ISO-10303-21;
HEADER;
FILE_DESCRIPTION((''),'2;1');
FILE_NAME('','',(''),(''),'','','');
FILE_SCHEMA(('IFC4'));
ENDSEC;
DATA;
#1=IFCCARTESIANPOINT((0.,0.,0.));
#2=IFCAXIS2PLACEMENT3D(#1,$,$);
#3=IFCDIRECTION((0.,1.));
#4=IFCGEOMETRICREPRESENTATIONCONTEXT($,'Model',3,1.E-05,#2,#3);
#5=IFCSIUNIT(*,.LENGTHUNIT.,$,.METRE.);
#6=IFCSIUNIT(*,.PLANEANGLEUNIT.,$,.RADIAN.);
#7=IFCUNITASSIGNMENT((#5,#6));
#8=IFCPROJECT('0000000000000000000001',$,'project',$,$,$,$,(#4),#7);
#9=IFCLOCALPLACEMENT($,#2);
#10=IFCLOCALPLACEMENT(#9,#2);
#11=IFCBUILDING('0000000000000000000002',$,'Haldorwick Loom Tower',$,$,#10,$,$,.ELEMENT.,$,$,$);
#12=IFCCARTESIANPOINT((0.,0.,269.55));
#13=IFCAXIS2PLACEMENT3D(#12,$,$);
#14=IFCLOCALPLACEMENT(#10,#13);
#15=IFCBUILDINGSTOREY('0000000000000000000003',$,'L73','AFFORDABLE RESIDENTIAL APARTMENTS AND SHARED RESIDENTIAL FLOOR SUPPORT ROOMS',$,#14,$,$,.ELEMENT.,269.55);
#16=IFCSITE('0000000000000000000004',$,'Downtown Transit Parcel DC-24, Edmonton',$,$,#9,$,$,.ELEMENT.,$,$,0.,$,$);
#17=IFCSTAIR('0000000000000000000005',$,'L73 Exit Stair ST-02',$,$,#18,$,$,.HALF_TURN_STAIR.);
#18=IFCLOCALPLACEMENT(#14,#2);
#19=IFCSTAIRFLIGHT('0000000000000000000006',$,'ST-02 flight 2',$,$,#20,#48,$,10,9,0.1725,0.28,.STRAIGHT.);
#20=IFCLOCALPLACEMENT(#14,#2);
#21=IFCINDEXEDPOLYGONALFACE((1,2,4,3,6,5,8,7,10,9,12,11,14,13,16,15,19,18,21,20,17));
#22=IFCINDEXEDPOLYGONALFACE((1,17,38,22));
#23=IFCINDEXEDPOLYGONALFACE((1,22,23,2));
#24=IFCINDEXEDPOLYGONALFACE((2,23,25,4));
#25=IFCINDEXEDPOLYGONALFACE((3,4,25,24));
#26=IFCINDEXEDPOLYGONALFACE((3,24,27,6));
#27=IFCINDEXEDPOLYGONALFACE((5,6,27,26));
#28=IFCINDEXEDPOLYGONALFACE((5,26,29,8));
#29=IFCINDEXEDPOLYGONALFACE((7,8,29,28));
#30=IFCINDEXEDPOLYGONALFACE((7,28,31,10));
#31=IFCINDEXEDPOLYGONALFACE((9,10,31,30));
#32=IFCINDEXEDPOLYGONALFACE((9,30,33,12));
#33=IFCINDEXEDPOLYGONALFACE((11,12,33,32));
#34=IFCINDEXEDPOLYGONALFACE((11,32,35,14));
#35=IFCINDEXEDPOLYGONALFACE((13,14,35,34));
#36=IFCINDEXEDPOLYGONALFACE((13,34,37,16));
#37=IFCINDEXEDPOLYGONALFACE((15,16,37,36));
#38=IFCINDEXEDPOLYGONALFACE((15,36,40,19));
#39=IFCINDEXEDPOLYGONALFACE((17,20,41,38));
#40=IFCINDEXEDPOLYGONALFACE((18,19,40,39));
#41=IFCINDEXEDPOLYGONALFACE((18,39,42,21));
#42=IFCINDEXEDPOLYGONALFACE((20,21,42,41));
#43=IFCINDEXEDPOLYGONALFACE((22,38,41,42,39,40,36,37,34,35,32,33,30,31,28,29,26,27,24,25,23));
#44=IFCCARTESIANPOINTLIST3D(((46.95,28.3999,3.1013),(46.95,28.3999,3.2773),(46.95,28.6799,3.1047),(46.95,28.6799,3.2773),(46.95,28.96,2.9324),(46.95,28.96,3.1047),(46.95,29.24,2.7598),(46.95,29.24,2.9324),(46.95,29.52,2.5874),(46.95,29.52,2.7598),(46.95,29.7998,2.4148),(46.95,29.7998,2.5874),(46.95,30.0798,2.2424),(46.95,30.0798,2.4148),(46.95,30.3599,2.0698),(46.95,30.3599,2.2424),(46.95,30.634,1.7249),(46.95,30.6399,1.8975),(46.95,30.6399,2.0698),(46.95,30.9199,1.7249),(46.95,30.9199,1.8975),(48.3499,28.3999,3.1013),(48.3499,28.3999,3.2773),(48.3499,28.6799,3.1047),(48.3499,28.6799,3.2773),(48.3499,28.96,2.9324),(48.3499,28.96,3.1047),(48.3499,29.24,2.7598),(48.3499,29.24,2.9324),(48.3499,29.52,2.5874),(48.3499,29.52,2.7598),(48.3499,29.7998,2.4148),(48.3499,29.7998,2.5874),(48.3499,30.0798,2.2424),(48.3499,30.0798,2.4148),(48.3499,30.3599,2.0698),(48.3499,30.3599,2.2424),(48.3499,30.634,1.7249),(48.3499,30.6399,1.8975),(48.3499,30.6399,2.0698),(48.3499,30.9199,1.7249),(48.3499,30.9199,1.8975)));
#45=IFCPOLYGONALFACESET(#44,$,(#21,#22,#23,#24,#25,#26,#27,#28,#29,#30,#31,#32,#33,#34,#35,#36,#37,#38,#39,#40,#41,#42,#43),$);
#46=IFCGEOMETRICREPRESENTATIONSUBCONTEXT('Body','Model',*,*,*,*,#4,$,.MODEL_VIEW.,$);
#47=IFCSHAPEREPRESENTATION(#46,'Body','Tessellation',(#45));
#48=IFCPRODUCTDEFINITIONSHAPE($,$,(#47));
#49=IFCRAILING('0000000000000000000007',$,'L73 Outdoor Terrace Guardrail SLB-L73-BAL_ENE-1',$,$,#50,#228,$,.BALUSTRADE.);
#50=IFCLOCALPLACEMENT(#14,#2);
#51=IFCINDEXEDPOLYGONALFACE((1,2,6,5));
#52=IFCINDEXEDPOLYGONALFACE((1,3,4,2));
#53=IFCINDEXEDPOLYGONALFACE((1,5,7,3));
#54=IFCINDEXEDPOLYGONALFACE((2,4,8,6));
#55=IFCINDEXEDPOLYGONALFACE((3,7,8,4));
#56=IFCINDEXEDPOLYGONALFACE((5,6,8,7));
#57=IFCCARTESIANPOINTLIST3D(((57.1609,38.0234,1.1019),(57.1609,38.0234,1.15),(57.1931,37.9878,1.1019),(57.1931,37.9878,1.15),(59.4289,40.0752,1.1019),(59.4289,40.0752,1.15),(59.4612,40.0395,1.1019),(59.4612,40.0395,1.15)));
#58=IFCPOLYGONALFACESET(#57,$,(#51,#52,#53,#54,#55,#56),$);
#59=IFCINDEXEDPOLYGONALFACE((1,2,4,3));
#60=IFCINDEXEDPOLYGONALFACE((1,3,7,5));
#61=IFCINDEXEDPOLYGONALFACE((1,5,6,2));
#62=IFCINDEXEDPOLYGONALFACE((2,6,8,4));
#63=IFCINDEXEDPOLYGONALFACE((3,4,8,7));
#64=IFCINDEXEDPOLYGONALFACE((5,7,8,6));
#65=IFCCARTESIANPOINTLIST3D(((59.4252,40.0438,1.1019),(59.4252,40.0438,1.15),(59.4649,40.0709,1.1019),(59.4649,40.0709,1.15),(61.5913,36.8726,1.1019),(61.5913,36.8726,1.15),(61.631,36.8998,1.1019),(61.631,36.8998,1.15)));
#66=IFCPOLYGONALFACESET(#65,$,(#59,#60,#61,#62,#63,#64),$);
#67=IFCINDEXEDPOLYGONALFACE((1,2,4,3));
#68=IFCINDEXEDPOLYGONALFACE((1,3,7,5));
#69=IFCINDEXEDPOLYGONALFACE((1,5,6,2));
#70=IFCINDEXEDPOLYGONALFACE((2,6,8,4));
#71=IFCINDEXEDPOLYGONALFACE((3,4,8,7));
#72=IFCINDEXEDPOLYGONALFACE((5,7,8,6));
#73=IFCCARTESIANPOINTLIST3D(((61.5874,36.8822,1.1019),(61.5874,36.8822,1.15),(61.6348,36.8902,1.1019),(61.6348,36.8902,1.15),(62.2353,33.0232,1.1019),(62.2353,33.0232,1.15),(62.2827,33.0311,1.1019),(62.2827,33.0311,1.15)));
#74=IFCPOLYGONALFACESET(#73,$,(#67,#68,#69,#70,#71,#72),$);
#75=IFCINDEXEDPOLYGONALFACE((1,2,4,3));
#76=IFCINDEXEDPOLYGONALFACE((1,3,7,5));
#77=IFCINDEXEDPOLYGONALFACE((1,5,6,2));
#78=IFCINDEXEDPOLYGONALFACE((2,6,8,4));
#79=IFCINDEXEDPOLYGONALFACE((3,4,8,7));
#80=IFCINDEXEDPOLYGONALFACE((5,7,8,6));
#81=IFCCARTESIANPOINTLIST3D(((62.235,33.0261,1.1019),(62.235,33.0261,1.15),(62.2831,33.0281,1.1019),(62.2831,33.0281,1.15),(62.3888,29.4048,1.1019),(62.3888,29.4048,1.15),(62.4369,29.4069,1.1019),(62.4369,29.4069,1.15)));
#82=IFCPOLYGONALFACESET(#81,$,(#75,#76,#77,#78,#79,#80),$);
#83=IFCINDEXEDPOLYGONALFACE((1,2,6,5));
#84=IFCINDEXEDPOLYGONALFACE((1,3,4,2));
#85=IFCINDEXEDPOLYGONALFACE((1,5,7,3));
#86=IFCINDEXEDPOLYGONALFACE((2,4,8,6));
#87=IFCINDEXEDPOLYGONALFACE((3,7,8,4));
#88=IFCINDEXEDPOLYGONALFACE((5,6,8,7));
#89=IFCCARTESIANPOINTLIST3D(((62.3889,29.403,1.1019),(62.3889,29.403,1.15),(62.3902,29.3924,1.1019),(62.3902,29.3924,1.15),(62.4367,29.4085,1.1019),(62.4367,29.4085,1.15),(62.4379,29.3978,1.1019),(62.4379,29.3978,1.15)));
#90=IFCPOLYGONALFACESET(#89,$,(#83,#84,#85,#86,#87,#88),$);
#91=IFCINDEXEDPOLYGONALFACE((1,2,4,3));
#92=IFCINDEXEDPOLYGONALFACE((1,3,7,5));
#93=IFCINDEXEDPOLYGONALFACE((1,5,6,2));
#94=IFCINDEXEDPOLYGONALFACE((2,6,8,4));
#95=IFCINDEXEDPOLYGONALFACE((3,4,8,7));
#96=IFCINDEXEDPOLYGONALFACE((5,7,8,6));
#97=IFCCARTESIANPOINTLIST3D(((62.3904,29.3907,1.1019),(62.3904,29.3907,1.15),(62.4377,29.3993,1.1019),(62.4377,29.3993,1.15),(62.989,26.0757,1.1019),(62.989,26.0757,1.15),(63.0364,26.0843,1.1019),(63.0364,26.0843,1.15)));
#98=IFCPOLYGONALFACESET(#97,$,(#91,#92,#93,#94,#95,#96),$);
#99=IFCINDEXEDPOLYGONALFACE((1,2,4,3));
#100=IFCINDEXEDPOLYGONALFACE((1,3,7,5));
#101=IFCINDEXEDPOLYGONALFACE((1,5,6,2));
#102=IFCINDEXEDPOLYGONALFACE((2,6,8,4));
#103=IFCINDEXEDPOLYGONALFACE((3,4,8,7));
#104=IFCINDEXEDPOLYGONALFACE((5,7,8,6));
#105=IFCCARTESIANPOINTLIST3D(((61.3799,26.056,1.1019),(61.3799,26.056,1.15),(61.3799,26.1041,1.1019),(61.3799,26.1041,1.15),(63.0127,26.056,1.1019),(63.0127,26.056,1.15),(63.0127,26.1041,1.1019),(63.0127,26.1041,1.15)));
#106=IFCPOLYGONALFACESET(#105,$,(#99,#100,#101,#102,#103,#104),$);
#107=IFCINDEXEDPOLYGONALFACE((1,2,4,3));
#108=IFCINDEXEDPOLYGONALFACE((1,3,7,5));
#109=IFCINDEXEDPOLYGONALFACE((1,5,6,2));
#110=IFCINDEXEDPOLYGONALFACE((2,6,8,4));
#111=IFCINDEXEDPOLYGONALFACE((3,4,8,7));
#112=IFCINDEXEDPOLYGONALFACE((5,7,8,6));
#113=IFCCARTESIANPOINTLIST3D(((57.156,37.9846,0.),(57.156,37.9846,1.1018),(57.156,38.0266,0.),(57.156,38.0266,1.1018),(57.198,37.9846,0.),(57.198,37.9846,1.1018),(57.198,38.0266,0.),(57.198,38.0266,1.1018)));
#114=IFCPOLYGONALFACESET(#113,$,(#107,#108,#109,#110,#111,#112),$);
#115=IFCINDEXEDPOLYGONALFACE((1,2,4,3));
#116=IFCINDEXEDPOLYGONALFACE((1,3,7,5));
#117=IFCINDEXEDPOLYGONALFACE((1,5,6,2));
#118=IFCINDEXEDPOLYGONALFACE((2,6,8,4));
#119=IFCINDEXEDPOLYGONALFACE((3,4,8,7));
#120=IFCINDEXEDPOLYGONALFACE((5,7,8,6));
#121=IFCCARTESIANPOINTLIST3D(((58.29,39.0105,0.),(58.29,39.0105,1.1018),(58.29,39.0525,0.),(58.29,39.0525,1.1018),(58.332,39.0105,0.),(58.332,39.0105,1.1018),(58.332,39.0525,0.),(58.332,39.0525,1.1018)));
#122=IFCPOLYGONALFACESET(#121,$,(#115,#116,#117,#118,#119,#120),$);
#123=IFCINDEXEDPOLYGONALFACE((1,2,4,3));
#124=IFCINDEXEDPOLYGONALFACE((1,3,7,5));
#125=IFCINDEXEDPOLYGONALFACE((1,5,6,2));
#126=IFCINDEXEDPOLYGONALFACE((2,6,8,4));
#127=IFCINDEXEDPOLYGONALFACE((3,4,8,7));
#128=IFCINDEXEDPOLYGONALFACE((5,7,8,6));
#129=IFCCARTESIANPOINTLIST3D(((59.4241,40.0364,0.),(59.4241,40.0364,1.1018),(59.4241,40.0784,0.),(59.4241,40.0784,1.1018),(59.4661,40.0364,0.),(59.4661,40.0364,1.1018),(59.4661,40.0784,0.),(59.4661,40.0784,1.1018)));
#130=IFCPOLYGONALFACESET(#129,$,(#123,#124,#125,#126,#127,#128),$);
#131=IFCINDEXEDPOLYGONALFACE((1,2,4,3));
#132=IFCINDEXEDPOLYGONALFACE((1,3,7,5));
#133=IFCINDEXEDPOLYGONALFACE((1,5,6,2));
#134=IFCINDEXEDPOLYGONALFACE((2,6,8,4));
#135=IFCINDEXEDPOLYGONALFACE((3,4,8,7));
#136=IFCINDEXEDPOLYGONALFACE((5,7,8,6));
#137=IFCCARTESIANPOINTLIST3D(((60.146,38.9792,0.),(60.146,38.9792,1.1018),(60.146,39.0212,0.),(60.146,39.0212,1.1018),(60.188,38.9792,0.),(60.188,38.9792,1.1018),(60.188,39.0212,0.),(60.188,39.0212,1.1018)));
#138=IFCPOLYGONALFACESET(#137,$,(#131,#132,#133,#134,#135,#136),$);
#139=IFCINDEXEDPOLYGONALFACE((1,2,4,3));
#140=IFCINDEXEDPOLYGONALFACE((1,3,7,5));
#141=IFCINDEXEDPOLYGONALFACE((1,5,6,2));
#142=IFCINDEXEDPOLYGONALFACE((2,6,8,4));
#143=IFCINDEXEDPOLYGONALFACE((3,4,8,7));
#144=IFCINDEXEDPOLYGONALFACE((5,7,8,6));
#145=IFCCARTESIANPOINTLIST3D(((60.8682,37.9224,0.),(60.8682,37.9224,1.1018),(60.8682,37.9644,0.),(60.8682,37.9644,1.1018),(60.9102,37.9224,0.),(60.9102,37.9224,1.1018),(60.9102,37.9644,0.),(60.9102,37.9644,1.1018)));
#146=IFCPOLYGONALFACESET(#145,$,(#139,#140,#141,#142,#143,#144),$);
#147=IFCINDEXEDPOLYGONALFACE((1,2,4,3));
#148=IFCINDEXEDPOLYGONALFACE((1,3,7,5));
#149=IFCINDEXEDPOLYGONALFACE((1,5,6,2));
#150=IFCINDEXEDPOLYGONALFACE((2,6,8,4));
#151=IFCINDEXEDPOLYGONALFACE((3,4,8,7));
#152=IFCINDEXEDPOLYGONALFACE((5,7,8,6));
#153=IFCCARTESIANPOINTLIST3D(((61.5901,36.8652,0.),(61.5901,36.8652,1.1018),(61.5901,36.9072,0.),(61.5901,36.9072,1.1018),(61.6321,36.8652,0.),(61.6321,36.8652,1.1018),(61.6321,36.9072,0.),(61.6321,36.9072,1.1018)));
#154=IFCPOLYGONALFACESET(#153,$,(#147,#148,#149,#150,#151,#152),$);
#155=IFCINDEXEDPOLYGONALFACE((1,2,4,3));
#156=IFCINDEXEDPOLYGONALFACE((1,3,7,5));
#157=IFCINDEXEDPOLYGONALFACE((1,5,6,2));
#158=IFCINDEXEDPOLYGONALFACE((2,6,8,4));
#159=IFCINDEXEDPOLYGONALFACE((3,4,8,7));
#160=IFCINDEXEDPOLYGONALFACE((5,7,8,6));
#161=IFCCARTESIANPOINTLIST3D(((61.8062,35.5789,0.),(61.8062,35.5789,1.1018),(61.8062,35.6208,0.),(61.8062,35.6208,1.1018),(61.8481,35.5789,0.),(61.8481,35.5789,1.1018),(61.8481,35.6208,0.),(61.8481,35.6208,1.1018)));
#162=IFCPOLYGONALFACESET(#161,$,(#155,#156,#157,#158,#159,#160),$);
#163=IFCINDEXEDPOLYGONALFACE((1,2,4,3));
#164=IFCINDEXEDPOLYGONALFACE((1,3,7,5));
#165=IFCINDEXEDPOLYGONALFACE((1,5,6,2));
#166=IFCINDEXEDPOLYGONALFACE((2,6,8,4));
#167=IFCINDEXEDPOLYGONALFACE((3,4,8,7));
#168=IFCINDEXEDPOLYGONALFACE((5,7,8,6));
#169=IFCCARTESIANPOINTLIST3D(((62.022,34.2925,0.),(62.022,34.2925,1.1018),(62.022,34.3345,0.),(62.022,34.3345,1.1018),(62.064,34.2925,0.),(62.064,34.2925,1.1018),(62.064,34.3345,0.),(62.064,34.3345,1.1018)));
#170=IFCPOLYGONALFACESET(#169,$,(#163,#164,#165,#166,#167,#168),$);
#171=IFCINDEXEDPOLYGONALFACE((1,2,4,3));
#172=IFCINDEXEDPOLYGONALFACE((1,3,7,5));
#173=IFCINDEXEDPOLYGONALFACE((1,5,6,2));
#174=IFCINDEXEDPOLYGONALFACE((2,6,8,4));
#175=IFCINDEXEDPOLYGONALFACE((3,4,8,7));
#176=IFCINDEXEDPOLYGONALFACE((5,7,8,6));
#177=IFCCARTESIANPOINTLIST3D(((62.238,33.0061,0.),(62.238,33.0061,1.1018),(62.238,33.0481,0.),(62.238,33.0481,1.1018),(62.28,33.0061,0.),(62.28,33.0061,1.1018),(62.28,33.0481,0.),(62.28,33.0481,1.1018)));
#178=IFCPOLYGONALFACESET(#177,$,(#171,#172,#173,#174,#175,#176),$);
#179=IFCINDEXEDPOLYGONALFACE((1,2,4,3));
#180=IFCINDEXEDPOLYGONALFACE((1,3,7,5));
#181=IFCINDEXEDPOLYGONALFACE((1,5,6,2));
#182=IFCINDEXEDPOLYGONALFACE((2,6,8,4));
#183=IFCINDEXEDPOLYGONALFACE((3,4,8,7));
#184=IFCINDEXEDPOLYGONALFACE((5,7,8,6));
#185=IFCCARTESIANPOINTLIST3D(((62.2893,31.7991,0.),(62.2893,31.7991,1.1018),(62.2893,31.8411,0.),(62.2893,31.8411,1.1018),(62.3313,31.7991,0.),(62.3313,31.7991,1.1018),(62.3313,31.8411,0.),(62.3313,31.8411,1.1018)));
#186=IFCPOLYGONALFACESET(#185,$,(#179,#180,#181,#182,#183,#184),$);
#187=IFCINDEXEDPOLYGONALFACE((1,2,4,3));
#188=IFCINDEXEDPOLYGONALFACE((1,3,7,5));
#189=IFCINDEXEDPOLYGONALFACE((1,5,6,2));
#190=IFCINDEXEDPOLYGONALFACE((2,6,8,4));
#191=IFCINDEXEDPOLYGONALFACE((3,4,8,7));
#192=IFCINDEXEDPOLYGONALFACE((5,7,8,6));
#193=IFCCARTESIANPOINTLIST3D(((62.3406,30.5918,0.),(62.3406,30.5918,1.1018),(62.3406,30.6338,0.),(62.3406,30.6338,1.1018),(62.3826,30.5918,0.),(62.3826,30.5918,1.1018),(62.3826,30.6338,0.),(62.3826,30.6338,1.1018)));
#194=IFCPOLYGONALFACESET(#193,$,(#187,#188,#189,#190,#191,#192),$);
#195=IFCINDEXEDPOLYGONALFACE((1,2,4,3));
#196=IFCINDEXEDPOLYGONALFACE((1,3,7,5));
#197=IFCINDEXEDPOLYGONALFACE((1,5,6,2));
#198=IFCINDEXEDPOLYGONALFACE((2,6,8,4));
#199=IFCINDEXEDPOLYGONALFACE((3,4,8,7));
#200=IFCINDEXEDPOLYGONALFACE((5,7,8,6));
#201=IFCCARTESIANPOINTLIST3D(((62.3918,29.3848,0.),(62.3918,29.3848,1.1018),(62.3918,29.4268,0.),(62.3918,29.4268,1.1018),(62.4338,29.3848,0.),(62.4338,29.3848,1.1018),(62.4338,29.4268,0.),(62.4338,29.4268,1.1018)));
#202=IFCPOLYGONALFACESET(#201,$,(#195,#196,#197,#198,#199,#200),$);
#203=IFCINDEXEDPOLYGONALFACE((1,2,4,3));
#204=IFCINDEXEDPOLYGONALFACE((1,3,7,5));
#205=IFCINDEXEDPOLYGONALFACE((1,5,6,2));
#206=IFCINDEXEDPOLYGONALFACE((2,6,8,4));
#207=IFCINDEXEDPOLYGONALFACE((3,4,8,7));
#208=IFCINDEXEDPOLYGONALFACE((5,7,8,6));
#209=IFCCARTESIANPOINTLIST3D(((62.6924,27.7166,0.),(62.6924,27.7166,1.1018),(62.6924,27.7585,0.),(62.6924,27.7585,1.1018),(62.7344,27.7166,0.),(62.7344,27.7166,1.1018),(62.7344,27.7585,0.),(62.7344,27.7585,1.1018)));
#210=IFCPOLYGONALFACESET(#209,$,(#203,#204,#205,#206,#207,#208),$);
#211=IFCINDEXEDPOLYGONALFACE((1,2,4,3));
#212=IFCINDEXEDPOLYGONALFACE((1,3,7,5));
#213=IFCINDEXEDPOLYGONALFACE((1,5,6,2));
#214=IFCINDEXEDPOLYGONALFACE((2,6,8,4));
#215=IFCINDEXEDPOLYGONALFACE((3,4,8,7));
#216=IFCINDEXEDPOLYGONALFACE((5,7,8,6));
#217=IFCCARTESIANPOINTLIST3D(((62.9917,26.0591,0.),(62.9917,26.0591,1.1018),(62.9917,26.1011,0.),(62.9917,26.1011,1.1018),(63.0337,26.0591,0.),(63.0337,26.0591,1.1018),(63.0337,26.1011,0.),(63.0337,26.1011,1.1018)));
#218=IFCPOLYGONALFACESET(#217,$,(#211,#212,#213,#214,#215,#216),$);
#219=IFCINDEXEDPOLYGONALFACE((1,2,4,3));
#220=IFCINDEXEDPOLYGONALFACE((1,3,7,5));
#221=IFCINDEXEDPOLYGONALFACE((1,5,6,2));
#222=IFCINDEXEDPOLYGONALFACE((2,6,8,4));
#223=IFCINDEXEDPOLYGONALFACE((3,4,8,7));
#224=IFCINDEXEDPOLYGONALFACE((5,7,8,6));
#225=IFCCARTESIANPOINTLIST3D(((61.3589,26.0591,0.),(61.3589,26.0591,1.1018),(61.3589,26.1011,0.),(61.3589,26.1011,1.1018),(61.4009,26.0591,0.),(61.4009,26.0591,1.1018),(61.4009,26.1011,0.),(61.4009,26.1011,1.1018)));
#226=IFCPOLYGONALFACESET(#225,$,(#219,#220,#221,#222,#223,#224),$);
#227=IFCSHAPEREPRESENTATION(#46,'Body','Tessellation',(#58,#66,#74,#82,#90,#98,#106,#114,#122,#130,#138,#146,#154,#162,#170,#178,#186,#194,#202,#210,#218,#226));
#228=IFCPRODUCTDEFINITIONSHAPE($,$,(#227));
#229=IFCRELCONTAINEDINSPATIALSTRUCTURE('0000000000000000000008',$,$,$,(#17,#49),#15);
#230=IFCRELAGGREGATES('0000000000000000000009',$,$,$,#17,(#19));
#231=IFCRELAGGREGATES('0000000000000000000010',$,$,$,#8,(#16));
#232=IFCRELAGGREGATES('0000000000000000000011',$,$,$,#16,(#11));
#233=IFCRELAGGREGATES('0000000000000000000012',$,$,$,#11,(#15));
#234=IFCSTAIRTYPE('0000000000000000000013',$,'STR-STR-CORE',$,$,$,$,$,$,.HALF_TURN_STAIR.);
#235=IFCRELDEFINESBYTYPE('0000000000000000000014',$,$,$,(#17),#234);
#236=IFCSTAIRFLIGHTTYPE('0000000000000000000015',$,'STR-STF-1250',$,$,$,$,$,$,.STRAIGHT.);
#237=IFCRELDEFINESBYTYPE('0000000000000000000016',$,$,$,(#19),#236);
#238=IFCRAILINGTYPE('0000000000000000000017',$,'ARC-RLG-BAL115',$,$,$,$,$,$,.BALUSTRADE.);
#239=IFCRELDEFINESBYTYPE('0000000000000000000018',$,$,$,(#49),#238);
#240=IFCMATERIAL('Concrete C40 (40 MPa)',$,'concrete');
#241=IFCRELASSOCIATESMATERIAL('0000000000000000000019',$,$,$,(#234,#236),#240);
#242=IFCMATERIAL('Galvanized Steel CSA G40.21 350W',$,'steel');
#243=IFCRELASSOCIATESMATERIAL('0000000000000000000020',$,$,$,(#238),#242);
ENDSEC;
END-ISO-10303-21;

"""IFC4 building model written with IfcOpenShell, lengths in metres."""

from ifc_helpers import new_model, si_unit, direction, frame, origin, origin_2d, place, context, subcontext, project, spatial, polyline, rectangle, outline, extrude, material, type_object, element, aggregate, save


model = new_model("IFC4")

# Units and contexts
model_context = context("Model", 3, precision=1e-05, world=origin(), true_north=direction((0.0, 1.0)))
body_context = subcontext(model_context, "Body", "Model", "MODEL_VIEW")
ifc_project = project(units=[si_unit("LENGTHUNIT", "METRE"), si_unit("PLANEANGLEUNIT", "RADIAN")], contexts=[model_context])

# Site, building, storey
site_placement = place(None, origin())
site = spatial("IfcSite", under=ifc_project, at=site_placement, Name="Downtown Transit Parcel DC-24, Edmonton", CompositionType="ELEMENT", RefElevation=0.0)
building_placement = place(site_placement, origin())
building = spatial("IfcBuilding", under=site, at=building_placement, Name="Haldorwick Loom Tower", CompositionType="ELEMENT")
storey_placement = place(building_placement, frame((0.0, 0.0, 269.55)))
storey = spatial("IfcBuildingStorey", under=building, at=storey_placement, Name="L73", Description="AFFORDABLE RESIDENTIAL APARTMENTS AND SHARED RESIDENTIAL FLOOR SUPPORT ROOMS", CompositionType="ELEMENT", Elevation=269.55)

# Stair, stair flight
ifc_material_1 = material(Name="Concrete C40 (40 MPa)", Category="concrete")
stair_type = type_object("IfcStairType", Name="STR-STR-CORE", PredefinedType="HALF_TURN_STAIR", material=ifc_material_1)
stair_placement = place(storey_placement, origin())
stair = element("IfcStair", 1, at=stair_placement, inside=storey, type_object=stair_type, Name="L73 Exit Stair ST-02", PredefinedType="HALF_TURN_STAIR")
stair_flight_type = type_object("IfcStairFlightType", Name="STR-STF-1250", PredefinedType="STRAIGHT", material=ifc_material_1)
stair_flight_1_placement = place(storey_placement, frame((47.6499, 30.9199, 1.7249), z_axis=(0.0, 0.0, 1.0), x_axis=(0.0, -1.0, 0.0)))
stair_flight_1 = element("IfcStairFlight", 2, at=stair_flight_1_placement, type_object=stair_flight_type, Name="ST-02 flight 2", NumberOfRisers=10, NumberOfTreads=9, PredefinedType="STRAIGHT", RiserHeight=0.1725, TreadLength=0.28, context=body_context, shape_type="SweptSolid", body=[
    extrude(outline(polyline([(0.0, 0.0), (0.0, 0.1726), (0.28, 0.1726), (0.28, 0.345), (0.5601, 0.345), (0.5601, 0.5176), (0.8401, 0.5176), (0.8401, 0.6899), (1.1201, 0.6899), (1.1201, 0.8625), (1.3999, 0.8625), (1.3999, 1.0349), (1.6799, 1.0349), (1.6799, 1.2075), (1.96, 1.2075), (1.96, 1.3799), (2.24, 1.3799), (2.24, 1.5525), (2.52, 1.5525), (2.52, 1.7251), (2.52, 1.3765), (0.2859, 0.0), (0.0, 0.0)])), frame((0.0, 0.7, 0.0), z_axis=(0.0, -1.0, 0.0), x_axis=(1.0, 0.0, 0.0)), (0.0, 0.0, 1.0), 1.3999),
])
aggregate(stair, [stair_flight_1])

# Railing
ifc_material_2 = material(Name="Galvanized Steel CSA G40.21 350W", Category="steel")
railing_type_1 = type_object("IfcRailingType", Name="ARC-RLG-BAL115", PredefinedType="BALUSTRADE", material=ifc_material_2)
railing_1_placement = place(storey_placement, frame((57.177, 38.0056, 0.0)))
element("IfcRailing", 3, at=railing_1_placement, inside=storey, type_object=railing_type_1, Name="L73 Outdoor Terrace Guardrail SLB-L73-BAL_ENE-1", PredefinedType="BALUSTRADE", context=body_context, shape_type="SweptSolid", body=[
    extrude(rectangle(XDim=0.0481, YDim=0.0481, at=origin_2d()), frame((0.0, 0.0, 1.126), z_axis=(0.741585, 0.670859, 0.0), x_axis=(-0.670859, 0.741585, 0.0)), (0.0, 0.0, 1.0), 3.0583),
    extrude(rectangle(XDim=0.0481, YDim=0.0481, at=origin_2d()), frame((2.2681, 2.0518, 1.126), z_axis=(0.564025, -0.825758, 0.0), x_axis=(0.825758, 0.564025, 0.0)), (0.0, 0.0, 1.0), 3.8403),
    extrude(rectangle(XDim=0.0481, YDim=0.0481, at=origin_2d()), frame((4.4341, -1.1194, 1.126), z_axis=(0.165583, -0.986196, 0.0), x_axis=(0.986196, 0.165583, 0.0)), (0.0, 0.0, 1.0), 3.9131),
    extrude(rectangle(XDim=0.0481, YDim=0.0481, at=origin_2d()), frame((5.082, -4.9785, 1.126), z_axis=(0.042435, -0.999099, 0.0), x_axis=(0.999099, 0.042435, 0.0)), (0.0, 0.0, 1.0), 3.6245),
    extrude(rectangle(XDim=0.0481, YDim=0.0481, at=origin_2d()), frame((5.2358, -8.5999, 1.126), z_axis=(0.11291, -0.993605, 0.0), x_axis=(0.993605, 0.11291, 0.0)), (0.0, 0.0, 1.0), 0.0107),
    extrude(rectangle(XDim=0.0481, YDim=0.0481, at=origin_2d()), frame((5.2371, -8.6106, 1.126), z_axis=(0.177712, -0.984083, 0.0), x_axis=(0.984083, 0.177712, 0.0)), (0.0, 0.0, 1.0), 3.3687),
    extrude(rectangle(XDim=0.0481, YDim=0.0481, at=origin_2d()), frame((5.8357, -11.9255, 1.126), z_axis=(-1.0, 0.0, 0.0), x_axis=(0.0, -1.0, 0.0)), (0.0, 0.0, 1.0), 1.6328),
    extrude(rectangle(XDim=0.042, YDim=0.042, at=origin_2d()), origin(), (0.0, 0.0, 1.0), 1.1018),
    extrude(rectangle(XDim=0.042, YDim=0.042, at=origin_2d()), frame((1.134, 1.0259, 0.0)), (0.0, 0.0, 1.0), 1.1018),
    extrude(rectangle(XDim=0.042, YDim=0.042, at=origin_2d()), frame((2.2681, 2.0518, 0.0)), (0.0, 0.0, 1.0), 1.1018),
    extrude(rectangle(XDim=0.042, YDim=0.042, at=origin_2d()), frame((2.99, 0.9946, 0.0)), (0.0, 0.0, 1.0), 1.1018),
    extrude(rectangle(XDim=0.042, YDim=0.042, at=origin_2d()), frame((3.7122, -0.0623, 0.0)), (0.0, 0.0, 1.0), 1.1018),
    extrude(rectangle(XDim=0.042, YDim=0.042, at=origin_2d()), frame((4.4341, -1.1194, 0.0)), (0.0, 0.0, 1.0), 1.1018),
    extrude(rectangle(XDim=0.042, YDim=0.042, at=origin_2d()), frame((4.6501, -2.4058, 0.0)), (0.0, 0.0, 1.0), 1.1018),
    extrude(rectangle(XDim=0.042, YDim=0.042, at=origin_2d()), frame((4.866, -3.6921, 0.0)), (0.0, 0.0, 1.0), 1.1018),
    extrude(rectangle(XDim=0.042, YDim=0.042, at=origin_2d()), frame((5.082, -4.9785, 0.0)), (0.0, 0.0, 1.0), 1.1018),
    extrude(rectangle(XDim=0.042, YDim=0.042, at=origin_2d()), frame((5.1333, -6.1855, 0.0)), (0.0, 0.0, 1.0), 1.1018),
    extrude(rectangle(XDim=0.042, YDim=0.042, at=origin_2d()), frame((5.1846, -7.3928, 0.0)), (0.0, 0.0, 1.0), 1.1018),
    extrude(rectangle(XDim=0.042, YDim=0.042, at=origin_2d()), frame((5.2358, -8.5999, 0.0)), (0.0, 0.0, 1.0), 1.1018),
    extrude(rectangle(XDim=0.042, YDim=0.042, at=origin_2d()), frame((5.5364, -10.2681, 0.0)), (0.0, 0.0, 1.0), 1.1018),
    extrude(rectangle(XDim=0.042, YDim=0.042, at=origin_2d()), frame((5.8357, -11.9255, 0.0)), (0.0, 0.0, 1.0), 1.1018),
    extrude(rectangle(XDim=0.042, YDim=0.042, at=origin_2d()), frame((4.2029, -11.9255, 0.0)), (0.0, 0.0, 1.0), 1.1018),
])

save(model, "model.ifc")
